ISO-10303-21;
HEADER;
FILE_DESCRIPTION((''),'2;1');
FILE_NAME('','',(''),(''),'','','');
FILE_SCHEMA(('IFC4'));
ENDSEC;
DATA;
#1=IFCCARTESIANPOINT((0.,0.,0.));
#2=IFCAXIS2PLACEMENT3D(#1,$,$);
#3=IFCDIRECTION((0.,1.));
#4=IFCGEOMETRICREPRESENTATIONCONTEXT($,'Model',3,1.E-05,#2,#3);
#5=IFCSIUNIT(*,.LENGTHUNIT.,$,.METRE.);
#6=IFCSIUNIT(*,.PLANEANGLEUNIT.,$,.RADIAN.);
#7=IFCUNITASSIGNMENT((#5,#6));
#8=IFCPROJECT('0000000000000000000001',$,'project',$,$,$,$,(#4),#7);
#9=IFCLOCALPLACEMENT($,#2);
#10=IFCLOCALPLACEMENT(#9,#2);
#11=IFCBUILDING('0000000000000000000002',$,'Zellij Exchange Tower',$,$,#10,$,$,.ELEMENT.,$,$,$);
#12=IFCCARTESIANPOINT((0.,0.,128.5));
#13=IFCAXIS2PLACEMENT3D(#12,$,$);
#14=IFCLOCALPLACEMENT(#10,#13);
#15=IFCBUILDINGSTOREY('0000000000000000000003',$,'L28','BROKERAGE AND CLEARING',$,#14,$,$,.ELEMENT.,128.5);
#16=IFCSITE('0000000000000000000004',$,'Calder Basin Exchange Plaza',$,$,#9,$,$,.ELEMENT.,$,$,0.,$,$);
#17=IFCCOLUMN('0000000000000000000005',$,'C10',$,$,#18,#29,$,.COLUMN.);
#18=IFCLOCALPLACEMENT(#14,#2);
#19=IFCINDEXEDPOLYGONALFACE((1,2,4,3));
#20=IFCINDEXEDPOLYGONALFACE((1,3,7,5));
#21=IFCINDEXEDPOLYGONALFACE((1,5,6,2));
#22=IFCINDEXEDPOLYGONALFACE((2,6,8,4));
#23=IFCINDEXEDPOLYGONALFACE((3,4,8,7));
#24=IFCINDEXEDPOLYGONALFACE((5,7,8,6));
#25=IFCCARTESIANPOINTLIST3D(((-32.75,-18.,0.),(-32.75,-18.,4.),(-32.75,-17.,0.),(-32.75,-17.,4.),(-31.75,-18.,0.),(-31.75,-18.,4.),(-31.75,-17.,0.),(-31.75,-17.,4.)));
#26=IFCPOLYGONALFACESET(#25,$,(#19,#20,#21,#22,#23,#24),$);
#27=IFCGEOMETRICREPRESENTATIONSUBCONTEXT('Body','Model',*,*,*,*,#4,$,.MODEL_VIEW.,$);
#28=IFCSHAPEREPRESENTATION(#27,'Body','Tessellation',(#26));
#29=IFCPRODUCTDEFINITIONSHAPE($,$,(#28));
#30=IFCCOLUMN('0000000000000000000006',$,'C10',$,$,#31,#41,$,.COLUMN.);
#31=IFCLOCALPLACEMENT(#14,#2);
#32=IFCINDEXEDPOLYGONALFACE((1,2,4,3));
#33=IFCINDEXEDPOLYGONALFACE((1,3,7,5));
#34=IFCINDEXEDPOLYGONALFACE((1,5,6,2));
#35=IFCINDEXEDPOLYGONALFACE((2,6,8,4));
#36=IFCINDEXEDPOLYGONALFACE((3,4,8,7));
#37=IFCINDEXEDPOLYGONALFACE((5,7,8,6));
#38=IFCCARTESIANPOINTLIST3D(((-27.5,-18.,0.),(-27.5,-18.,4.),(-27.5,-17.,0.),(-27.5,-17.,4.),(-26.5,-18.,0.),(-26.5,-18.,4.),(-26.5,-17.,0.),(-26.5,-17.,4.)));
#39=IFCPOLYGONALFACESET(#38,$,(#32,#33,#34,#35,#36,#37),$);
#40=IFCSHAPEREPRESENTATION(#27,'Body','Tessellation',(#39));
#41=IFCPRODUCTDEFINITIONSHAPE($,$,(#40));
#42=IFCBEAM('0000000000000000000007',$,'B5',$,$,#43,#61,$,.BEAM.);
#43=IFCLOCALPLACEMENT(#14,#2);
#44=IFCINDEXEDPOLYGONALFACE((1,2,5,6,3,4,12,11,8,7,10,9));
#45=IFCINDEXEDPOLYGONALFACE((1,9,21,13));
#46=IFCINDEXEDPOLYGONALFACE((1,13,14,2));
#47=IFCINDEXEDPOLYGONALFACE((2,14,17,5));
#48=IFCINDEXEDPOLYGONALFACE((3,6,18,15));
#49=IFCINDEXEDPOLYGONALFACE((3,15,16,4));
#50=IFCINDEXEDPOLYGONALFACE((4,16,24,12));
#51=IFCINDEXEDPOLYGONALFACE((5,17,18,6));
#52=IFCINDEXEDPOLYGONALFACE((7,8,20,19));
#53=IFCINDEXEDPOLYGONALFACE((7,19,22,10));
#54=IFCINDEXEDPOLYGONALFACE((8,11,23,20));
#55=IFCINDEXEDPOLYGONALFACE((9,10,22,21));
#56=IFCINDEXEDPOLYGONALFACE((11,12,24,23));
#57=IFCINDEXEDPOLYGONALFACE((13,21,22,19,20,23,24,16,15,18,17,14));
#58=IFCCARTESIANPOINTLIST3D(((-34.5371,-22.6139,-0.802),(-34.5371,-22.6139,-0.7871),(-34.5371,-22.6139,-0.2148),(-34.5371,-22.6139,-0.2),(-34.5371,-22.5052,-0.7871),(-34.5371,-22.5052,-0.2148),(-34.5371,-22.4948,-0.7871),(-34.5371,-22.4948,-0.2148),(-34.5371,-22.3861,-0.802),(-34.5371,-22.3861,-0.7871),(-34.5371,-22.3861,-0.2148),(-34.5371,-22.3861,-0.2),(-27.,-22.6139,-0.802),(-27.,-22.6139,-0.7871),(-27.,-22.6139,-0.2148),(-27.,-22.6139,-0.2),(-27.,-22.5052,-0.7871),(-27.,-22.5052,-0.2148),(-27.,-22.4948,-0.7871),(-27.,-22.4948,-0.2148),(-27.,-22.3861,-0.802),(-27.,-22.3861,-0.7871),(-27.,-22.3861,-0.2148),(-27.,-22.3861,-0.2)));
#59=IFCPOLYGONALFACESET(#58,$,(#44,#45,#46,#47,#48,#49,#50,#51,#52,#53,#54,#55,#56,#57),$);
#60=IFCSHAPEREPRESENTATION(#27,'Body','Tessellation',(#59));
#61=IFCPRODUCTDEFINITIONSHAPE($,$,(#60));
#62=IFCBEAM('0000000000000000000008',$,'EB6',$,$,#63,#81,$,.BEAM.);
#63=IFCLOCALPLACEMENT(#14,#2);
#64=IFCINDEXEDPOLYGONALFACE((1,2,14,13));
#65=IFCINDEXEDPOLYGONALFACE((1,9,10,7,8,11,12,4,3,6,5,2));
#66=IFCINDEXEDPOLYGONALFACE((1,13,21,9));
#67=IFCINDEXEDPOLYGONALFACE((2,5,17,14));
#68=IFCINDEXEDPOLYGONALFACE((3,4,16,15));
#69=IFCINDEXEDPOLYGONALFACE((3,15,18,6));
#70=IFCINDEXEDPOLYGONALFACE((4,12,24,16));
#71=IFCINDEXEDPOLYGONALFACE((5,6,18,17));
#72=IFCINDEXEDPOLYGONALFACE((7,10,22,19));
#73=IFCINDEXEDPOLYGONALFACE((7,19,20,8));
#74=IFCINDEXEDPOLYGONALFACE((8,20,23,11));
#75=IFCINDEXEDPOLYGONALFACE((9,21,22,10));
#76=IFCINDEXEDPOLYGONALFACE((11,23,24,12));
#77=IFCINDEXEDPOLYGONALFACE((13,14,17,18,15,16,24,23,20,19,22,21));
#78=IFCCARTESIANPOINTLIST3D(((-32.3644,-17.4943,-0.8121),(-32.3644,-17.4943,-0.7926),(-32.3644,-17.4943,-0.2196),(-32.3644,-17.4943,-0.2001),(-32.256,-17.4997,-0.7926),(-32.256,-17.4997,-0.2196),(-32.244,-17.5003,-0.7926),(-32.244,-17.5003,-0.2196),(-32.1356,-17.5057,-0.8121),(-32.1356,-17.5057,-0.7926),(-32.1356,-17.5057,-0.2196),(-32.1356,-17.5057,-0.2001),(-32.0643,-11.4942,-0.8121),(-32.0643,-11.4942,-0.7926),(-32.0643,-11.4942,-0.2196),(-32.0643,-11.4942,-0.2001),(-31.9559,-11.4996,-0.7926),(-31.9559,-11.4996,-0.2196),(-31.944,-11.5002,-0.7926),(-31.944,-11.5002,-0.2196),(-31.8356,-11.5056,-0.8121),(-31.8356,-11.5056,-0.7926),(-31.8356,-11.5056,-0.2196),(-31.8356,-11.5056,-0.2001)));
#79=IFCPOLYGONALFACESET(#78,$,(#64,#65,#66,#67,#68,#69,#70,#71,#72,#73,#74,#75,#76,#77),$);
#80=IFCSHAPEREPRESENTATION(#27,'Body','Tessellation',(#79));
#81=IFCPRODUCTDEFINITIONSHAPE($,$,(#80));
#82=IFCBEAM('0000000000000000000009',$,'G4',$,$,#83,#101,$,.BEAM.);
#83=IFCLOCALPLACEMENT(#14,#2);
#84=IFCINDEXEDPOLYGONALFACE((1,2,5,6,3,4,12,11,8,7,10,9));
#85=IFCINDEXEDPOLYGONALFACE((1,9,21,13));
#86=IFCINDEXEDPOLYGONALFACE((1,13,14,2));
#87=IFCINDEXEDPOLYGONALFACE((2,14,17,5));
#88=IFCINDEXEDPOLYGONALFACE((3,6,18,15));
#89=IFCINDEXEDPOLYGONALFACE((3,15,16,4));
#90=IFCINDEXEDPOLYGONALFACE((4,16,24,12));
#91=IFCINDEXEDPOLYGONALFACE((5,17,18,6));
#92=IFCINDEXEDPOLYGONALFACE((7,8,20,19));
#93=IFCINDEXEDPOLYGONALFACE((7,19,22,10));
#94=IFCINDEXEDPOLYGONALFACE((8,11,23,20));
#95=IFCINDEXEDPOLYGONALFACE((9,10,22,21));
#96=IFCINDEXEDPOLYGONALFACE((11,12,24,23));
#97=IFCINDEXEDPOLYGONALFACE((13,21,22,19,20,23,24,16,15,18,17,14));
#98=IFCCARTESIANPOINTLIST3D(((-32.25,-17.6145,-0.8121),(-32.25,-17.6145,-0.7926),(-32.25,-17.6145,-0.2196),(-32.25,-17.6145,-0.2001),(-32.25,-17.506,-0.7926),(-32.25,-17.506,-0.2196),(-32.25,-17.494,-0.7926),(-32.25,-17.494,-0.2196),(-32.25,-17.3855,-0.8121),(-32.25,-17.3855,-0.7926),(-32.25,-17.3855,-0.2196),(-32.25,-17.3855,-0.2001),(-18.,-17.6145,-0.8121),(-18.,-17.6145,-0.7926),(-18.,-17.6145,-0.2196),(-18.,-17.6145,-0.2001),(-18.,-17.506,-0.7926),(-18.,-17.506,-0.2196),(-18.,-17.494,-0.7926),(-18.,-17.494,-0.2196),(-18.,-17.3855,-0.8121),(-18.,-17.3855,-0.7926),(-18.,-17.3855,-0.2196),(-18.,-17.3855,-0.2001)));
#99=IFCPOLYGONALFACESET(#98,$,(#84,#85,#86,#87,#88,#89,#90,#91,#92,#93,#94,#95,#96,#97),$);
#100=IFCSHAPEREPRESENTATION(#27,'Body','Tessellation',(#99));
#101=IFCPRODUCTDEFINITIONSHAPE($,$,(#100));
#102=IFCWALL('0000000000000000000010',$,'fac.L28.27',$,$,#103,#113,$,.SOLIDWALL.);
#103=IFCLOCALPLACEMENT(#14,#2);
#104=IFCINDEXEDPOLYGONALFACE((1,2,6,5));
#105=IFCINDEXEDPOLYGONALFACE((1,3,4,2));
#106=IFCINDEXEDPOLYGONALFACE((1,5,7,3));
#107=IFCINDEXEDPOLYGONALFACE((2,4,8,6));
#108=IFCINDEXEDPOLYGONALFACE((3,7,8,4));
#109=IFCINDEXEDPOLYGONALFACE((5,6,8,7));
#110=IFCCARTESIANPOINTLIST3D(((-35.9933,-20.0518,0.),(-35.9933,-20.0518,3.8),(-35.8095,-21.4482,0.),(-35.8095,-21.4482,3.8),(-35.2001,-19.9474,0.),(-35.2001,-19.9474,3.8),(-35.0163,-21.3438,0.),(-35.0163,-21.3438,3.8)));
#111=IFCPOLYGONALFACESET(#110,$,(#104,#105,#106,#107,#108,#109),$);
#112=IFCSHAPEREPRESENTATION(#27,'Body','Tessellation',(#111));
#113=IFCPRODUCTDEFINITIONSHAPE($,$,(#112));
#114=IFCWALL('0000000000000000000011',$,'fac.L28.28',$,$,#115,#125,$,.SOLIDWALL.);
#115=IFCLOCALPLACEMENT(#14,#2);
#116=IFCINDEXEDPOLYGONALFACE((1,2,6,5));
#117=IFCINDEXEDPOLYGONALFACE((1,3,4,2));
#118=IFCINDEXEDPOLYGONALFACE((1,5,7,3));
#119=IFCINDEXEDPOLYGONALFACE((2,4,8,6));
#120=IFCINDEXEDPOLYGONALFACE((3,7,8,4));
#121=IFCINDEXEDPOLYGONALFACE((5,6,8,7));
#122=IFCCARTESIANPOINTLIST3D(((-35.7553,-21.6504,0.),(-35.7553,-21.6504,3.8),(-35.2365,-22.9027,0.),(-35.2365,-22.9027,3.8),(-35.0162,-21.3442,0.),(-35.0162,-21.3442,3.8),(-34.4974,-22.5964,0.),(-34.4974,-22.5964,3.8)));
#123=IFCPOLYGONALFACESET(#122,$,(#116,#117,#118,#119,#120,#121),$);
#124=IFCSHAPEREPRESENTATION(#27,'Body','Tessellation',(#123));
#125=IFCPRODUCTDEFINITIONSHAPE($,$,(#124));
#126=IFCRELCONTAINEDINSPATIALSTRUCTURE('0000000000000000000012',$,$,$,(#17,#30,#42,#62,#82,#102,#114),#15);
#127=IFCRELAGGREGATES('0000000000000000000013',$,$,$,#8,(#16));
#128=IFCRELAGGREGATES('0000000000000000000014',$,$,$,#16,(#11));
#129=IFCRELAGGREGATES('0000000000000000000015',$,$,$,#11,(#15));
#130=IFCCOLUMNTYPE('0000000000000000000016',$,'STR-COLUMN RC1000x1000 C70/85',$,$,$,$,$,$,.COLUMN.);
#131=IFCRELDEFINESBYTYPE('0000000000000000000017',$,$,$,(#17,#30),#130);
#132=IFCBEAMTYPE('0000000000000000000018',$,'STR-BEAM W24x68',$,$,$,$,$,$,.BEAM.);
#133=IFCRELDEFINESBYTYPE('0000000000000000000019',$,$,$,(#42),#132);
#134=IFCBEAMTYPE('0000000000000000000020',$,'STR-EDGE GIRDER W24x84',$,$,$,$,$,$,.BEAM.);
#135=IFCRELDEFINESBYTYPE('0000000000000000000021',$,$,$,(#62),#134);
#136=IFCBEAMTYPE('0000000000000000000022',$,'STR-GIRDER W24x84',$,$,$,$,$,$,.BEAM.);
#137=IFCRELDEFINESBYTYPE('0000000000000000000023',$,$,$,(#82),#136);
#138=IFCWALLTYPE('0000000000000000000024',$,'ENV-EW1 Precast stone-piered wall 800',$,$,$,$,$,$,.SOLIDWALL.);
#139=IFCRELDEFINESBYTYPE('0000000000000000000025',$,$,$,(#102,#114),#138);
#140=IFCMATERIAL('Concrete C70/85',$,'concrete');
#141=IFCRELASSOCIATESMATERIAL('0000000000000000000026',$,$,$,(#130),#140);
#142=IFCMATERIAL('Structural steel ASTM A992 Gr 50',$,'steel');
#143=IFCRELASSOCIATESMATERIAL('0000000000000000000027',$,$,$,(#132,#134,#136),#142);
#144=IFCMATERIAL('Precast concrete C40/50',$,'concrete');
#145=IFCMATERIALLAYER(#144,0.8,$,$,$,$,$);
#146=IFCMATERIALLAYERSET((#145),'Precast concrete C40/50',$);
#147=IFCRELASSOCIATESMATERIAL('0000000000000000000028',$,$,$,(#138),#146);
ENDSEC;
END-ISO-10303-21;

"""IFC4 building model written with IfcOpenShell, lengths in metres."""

from ifc_helpers import new_model, si_unit, direction, frame, frame_2d, origin, origin_2d, place, context, subcontext, project, spatial, rectangle, i_section, extrude, material, layer, layer_set, material_profile, profile_set, type_object, element, save


model = new_model("IFC4")

# Units and contexts
model_context = context("Model", 3, precision=1e-05, world=origin(), true_north=direction((0.0, 1.0)))
body_context = subcontext(model_context, "Body", "Model", "MODEL_VIEW")
ifc_project = project(units=[si_unit("LENGTHUNIT", "METRE"), si_unit("PLANEANGLEUNIT", "RADIAN")], contexts=[model_context])

# Site, building, storey
site_placement = place(None, origin())
site = spatial("IfcSite", under=ifc_project, at=site_placement, Name="Calder Basin Exchange Plaza", CompositionType="ELEMENT", RefElevation=0.0)
building_placement = place(site_placement, origin())
building = spatial("IfcBuilding", under=site, at=building_placement, Name="Zellij Exchange Tower", CompositionType="ELEMENT")
storey_placement = place(building_placement, frame((0.0, 0.0, 128.5)))
storey = spatial("IfcBuildingStorey", under=building, at=storey_placement, Name="L28", Description="BROKERAGE AND CLEARING", CompositionType="ELEMENT", Elevation=128.5)

# Columns
ifc_material_1 = material(Name="Concrete C70/85", Category="concrete")
ifc_material_profile_1 = material_profile(ifc_material_1, rectangle(XDim=1.0, YDim=1.0, at=origin_2d()), Name="STR-COLUMN RC1000x1000 C70/85")
ifc_profile_set_1 = profile_set([ifc_material_profile_1], Name="Concrete C70/85")
column_type = type_object("IfcColumnType", Name="STR-COLUMN RC1000x1000 C70/85", PredefinedType="COLUMN", material=ifc_profile_set_1)
for number, where, z_axis, x_axis, name in (
    (1, (-32.25, -17.5, 0.0), (0.0, 0.0, 1.0), (1.0, 0.0, 0.0), "C10"),
    (2, (-27.0, -17.5, 0.0), (0.0, 0.0, 1.0), (1.0, 0.0, 0.0), "C10"),
):
    element("IfcColumn", number, at=place(storey_placement, frame(where, z_axis=z_axis, x_axis=x_axis)), inside=storey, type_object=column_type, Name=name, PredefinedType="COLUMN", context=body_context, shape_type="SweptSolid", body=[
        extrude(rectangle(XDim=1.0, YDim=1.0, at=origin_2d()), origin(), (0.0, 0.0, 1.0), 4.0),
    ])

# Beams
ifc_material_2 = material(Name="Structural steel ASTM A992 Gr 50", Category="steel")
ifc_material_profile_2 = material_profile(ifc_material_2, i_section(OverallWidth=0.2278, OverallDepth=0.6021, WebThickness=0.0105, FlangeThickness=0.0149, at=origin_2d()), Name="W24x68")
ifc_profile_set_2 = profile_set([ifc_material_profile_2], Name="Structural steel ASTM A992 Gr 50")
beam_type_1 = type_object("IfcBeamType", Name="STR-BEAM W24x68", PredefinedType="BEAM", material=ifc_profile_set_2)
beam_1_placement = place(storey_placement, frame((-34.5371, -22.5, -0.501), z_axis=(1.0, 0.0, 0.0), x_axis=(0.0, 1.0, 0.0)))
element("IfcBeam", 3, at=beam_1_placement, inside=storey, type_object=beam_type_1, Name="B5", PredefinedType="BEAM", context=body_context, shape_type="SweptSolid", body=[
    extrude(i_section(OverallWidth=0.2278, OverallDepth=0.6021, WebThickness=0.0105, FlangeThickness=0.0149, at=origin_2d()), origin(), (0.0, 0.0, 1.0), 7.5371),
])
ifc_material_profile_3 = material_profile(ifc_material_2, i_section(OverallWidth=0.229, OverallDepth=0.6121, WebThickness=0.012, FlangeThickness=0.0195, at=origin_2d()), Name="W24x84")
ifc_profile_set_3 = profile_set([ifc_material_profile_3], Name="Structural steel ASTM A992 Gr 50")
beam_type_2 = type_object("IfcBeamType", Name="STR-EDGE GIRDER W24x84", PredefinedType="BEAM", material=ifc_profile_set_3)
beam_2_placement = place(storey_placement, frame((-32.25, -17.5, -0.5061), z_axis=(0.049946, 0.998752, 0.0), x_axis=(-0.998752, 0.049946, 0.0)))
element("IfcBeam", 4, at=beam_2_placement, inside=storey, type_object=beam_type_2, Name="EB6", PredefinedType="BEAM", context=body_context, shape_type="SweptSolid", body=[
    extrude(i_section(OverallWidth=0.229, OverallDepth=0.6121, WebThickness=0.012, FlangeThickness=0.0195, at=origin_2d()), origin(), (0.0, 0.0, 1.0), 6.0076),
])
ifc_material_profile_4 = material_profile(ifc_material_2, i_section(OverallWidth=0.229, OverallDepth=0.6121, WebThickness=0.012, FlangeThickness=0.0195, at=origin_2d()), Name="W24x84")
ifc_profile_set_4 = profile_set([ifc_material_profile_4], Name="Structural steel ASTM A992 Gr 50")
beam_type_3 = type_object("IfcBeamType", Name="STR-GIRDER W24x84", PredefinedType="BEAM", material=ifc_profile_set_4)
beam_3_placement = place(storey_placement, frame((-32.25, -17.5, -0.5061), z_axis=(1.0, 0.0, 0.0), x_axis=(0.0, 1.0, 0.0)))
element("IfcBeam", 5, at=beam_3_placement, inside=storey, type_object=beam_type_3, Name="G4", PredefinedType="BEAM", context=body_context, shape_type="SweptSolid", body=[
    extrude(i_section(OverallWidth=0.229, OverallDepth=0.6121, WebThickness=0.012, FlangeThickness=0.0195, at=origin_2d()), origin(), (0.0, 0.0, 1.0), 14.25),
])

# Walls
ifc_material_3 = material(Name="Precast concrete C40/50", Category="concrete")
ifc_layer_1 = layer(ifc_material_3, 0.8)
ifc_layer_set_1 = layer_set([ifc_layer_1], Name="Precast concrete C40/50")
wall_type_1 = type_object("IfcWallType", Name="ENV-EW1 Precast stone-piered wall 800", PredefinedType="SOLIDWALL", material=ifc_layer_set_1)
wall_1_placement = place(storey_placement, frame((-35.5967, -19.9998, 0.0), z_axis=(0.0, 0.0, 1.0), x_axis=(0.130517, -0.991446, 0.0)))
element("IfcWall", 6, at=wall_1_placement, inside=storey, type_object=wall_type_1, Name="fac.L28.27", PredefinedType="SOLIDWALL", context=body_context, shape_type="SweptSolid", body=[
    extrude(rectangle(XDim=1.4084, YDim=0.8, at=frame_2d((0.7041, 0.0))), origin(), (0.0, 0.0, 1.0), 3.8),
])
wall_2_placement = place(storey_placement, frame((-35.3857, -21.4973, 0.0), z_axis=(0.0, 0.0, 1.0), x_axis=(0.38276, -0.923848, 0.0)))
element("IfcWall", 7, at=wall_2_placement, inside=storey, type_object=wall_type_1, Name="fac.L28.28", PredefinedType="SOLIDWALL", context=body_context, shape_type="SweptSolid", body=[
    extrude(rectangle(XDim=1.3555, YDim=0.8, at=frame_2d((0.6777, 0.0))), origin(), (0.0, 0.0, 1.0), 3.8),
])

save(model, "model.ifc")
